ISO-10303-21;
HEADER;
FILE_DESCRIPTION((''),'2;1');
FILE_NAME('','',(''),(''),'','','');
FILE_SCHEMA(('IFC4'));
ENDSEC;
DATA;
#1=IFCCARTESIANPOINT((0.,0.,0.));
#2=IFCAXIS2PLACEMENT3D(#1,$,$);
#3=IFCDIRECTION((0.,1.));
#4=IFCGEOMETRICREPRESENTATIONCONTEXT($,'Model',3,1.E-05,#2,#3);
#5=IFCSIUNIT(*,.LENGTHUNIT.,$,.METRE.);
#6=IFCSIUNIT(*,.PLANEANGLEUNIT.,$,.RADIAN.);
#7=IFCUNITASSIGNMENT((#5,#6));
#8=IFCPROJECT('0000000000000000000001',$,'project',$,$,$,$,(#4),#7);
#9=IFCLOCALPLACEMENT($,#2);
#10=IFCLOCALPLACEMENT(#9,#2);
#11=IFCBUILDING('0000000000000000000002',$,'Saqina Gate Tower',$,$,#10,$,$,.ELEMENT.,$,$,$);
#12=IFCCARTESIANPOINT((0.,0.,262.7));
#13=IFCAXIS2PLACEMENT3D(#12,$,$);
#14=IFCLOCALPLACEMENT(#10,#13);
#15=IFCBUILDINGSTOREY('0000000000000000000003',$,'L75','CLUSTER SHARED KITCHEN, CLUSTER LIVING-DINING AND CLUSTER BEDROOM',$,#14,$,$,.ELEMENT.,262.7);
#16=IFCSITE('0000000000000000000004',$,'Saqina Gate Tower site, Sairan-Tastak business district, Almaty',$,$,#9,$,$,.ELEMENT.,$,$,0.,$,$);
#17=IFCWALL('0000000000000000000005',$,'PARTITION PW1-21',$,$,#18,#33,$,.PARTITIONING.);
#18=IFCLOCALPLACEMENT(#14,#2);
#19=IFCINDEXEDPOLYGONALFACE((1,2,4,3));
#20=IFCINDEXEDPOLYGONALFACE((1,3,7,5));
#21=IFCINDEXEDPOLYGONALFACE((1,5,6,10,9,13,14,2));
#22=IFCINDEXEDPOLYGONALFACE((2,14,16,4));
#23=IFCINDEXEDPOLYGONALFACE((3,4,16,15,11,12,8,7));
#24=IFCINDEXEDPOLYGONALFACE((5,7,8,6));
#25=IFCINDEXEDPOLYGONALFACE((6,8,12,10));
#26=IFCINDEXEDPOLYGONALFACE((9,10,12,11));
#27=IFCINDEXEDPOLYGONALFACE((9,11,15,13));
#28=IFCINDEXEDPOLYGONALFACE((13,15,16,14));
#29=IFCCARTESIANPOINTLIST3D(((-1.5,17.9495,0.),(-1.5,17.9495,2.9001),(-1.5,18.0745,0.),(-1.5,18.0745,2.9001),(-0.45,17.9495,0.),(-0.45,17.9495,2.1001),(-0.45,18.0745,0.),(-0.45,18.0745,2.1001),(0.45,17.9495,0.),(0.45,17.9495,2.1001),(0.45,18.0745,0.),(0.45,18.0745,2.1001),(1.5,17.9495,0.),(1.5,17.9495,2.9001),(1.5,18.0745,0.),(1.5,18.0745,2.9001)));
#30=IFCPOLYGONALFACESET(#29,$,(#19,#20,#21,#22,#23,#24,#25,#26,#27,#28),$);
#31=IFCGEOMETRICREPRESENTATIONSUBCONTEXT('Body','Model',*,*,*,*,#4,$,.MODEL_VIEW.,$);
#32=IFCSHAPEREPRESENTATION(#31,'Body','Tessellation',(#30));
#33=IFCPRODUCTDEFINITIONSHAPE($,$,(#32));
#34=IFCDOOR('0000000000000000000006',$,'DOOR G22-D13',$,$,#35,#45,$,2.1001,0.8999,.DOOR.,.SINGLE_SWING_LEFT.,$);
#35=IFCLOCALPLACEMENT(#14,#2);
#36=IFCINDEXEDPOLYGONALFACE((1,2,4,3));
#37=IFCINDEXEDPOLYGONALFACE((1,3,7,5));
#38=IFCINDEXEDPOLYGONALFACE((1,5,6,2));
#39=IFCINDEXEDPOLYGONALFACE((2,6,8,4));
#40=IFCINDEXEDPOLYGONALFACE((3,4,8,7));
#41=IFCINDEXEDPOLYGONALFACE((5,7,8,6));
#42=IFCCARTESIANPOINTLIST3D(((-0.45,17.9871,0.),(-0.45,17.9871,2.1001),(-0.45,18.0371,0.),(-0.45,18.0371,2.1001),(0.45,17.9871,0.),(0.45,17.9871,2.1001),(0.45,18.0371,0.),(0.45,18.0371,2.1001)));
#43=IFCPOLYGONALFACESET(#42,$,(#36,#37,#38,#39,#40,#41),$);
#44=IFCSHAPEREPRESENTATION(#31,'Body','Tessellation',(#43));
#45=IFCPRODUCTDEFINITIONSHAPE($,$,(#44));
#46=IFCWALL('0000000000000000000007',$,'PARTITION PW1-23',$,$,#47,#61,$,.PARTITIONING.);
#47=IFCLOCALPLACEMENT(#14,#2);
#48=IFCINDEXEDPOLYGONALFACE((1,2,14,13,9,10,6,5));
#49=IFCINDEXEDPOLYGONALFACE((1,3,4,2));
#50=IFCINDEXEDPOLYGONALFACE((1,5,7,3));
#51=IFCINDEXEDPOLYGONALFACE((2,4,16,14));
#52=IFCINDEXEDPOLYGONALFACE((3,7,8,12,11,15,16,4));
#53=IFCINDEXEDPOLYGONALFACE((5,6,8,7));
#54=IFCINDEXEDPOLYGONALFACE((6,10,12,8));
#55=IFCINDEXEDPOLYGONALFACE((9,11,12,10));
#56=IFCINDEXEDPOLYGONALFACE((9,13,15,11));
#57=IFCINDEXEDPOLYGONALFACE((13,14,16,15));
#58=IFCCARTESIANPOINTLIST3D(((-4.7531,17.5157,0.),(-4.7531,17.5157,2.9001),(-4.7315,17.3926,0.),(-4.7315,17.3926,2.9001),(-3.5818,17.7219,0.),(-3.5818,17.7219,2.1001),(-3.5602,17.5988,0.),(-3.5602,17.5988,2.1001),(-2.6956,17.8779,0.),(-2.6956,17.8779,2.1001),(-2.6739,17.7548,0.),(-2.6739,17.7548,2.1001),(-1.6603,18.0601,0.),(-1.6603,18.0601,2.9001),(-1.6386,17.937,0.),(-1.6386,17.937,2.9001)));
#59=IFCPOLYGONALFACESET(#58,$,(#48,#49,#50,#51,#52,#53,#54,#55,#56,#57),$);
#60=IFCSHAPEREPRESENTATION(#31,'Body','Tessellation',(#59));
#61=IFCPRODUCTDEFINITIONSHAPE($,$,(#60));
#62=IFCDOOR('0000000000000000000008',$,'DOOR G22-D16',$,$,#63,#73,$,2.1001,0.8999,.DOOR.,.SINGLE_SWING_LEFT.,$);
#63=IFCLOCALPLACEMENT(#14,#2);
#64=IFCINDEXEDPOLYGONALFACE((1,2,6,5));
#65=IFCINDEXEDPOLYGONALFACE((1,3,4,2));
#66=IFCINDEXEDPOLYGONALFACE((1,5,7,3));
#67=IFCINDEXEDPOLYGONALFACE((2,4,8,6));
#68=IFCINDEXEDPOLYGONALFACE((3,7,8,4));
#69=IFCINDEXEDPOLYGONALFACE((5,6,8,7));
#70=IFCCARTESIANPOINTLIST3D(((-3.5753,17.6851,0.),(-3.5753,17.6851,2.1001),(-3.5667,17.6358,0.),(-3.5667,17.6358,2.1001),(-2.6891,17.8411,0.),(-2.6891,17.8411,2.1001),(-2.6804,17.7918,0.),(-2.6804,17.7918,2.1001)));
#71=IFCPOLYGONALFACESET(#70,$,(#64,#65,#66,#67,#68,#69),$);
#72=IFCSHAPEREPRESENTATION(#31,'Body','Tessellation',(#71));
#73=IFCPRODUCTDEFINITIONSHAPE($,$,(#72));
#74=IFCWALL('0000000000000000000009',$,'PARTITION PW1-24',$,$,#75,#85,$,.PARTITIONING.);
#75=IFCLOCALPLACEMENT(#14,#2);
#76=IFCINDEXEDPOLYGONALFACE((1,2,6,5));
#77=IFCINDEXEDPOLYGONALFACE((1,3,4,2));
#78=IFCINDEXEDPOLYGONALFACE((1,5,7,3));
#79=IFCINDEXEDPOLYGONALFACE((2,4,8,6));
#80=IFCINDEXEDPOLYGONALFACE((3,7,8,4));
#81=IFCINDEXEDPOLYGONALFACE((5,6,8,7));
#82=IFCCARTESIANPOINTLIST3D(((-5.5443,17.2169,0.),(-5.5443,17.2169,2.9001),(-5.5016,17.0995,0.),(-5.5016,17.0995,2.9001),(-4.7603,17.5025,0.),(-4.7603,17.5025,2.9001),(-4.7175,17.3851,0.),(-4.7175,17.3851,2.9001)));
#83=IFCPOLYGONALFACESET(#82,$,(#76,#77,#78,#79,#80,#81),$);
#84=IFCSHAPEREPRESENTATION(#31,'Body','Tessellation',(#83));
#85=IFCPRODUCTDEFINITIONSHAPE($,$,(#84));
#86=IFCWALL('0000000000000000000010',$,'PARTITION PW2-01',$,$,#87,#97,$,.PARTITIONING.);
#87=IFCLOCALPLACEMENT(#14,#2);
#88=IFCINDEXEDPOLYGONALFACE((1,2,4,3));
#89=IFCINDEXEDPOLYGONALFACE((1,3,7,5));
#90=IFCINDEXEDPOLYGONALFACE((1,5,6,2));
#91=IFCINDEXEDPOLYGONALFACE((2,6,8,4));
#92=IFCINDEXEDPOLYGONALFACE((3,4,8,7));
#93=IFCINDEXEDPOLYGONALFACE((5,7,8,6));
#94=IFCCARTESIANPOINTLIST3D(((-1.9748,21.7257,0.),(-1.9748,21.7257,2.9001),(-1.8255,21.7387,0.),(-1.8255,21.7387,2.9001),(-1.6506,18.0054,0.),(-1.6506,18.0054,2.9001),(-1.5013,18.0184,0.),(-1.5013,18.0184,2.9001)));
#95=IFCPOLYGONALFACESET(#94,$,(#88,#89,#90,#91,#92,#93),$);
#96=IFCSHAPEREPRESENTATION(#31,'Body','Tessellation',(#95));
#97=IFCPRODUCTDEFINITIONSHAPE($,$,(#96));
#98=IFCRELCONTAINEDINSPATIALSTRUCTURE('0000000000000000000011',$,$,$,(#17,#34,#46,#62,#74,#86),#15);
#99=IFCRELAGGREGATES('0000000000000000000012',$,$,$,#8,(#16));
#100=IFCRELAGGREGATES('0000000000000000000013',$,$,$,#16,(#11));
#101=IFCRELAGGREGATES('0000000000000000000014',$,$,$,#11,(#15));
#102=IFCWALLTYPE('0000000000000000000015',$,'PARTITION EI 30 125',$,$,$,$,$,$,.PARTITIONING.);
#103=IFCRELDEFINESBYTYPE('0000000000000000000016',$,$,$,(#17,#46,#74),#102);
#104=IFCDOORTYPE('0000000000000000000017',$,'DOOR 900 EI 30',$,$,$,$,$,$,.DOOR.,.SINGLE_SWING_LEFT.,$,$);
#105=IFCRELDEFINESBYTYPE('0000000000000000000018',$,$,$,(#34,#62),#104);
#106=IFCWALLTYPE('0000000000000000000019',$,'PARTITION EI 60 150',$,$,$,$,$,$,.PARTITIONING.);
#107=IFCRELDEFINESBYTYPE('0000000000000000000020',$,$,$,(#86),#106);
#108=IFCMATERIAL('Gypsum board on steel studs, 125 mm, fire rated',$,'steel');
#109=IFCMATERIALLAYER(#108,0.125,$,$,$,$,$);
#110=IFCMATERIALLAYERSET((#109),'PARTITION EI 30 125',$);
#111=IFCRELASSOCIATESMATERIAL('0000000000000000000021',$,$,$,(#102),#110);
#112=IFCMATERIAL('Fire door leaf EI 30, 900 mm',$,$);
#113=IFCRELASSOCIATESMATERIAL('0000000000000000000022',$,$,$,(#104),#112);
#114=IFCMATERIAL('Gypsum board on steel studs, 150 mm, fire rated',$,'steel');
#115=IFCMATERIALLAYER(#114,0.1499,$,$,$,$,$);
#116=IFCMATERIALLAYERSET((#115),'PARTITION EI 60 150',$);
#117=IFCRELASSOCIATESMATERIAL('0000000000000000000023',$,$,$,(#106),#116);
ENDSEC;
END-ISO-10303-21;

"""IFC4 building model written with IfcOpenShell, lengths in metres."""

from ifc_helpers import new_model, si_unit, direction, frame, frame_2d, origin, place, context, subcontext, project, spatial, rectangle, extrude, material, layer, layer_set, type_object, element, fill, save


model = new_model("IFC4")

# Units and contexts
model_context = context("Model", 3, precision=1e-05, world=origin(), true_north=direction((0.0, 1.0)))
body_context = subcontext(model_context, "Body", "Model", "MODEL_VIEW")
ifc_project = project(units=[si_unit("LENGTHUNIT", "METRE"), si_unit("PLANEANGLEUNIT", "RADIAN")], contexts=[model_context])

# Site, building, storey
site_placement = place(None, origin())
site = spatial("IfcSite", under=ifc_project, at=site_placement, Name="Saqina Gate Tower site, Sairan-Tastak business district, Almaty", CompositionType="ELEMENT", RefElevation=0.0)
building_placement = place(site_placement, origin())
building = spatial("IfcBuilding", under=site, at=building_placement, Name="Saqina Gate Tower", CompositionType="ELEMENT")
storey_placement = place(building_placement, frame((0.0, 0.0, 262.7)))
storey = spatial("IfcBuildingStorey", under=building, at=storey_placement, Name="L75", Description="CLUSTER SHARED KITCHEN, CLUSTER LIVING-DINING AND CLUSTER BEDROOM", CompositionType="ELEMENT", Elevation=262.7)

# Walls, openings, doors
ifc_material_1 = material(Name="Gypsum board on steel studs, 125 mm, fire rated", Category="steel")
ifc_layer_1 = layer(ifc_material_1, 0.125)
ifc_layer_set_1 = layer_set([ifc_layer_1], Name="PARTITION EI 30 125")
wall_type_1 = type_object("IfcWallType", Name="PARTITION EI 30 125", PredefinedType="PARTITIONING", material=ifc_layer_set_1)
wall_1_placement = place(storey_placement, frame((-1.5, 18.012, 0.0), z_axis=(0.0, 0.0, 1.0), x_axis=(1.0, 0.0, 0.0)))
wall_1 = element("IfcWall", 1, at=wall_1_placement, inside=storey, type_object=wall_type_1, Name="PARTITION PW1-21", PredefinedType="PARTITIONING", context=body_context, shape_type="SweptSolid", body=[
    extrude(rectangle(XDim=3.0, YDim=0.125, at=frame_2d((1.5, 0.0))), origin(), (0.0, 0.0, 1.0), 2.9001),
])
opening_1_placement = place(wall_1_placement, frame((1.05, 0.0, 0.0)))
opening_1 = element("IfcOpeningElement", 2, at=opening_1_placement, cuts=wall_1, PredefinedType="OPENING", context=body_context, shape_type="SweptSolid", body=[
    extrude(rectangle(XDim=0.8999, YDim=2.1001, at=frame_2d((0.45, 1.05))), frame((0.0, 0.0745, 0.0), z_axis=(0.0, -1.0, 0.0), x_axis=(1.0, 0.0, 0.0)), (0.0, 0.0, 1.0), 0.1489),
])
ifc_material_2 = material(Name="Fire door leaf EI 30, 900 mm")
door_type_1 = type_object("IfcDoorType", Name="DOOR 900 EI 30", OperationType="SINGLE_SWING_LEFT", PredefinedType="DOOR", material=ifc_material_2)
door_1_placement = place(opening_1_placement, frame((0.8999, 0.0, 0.0), z_axis=(0.0, 0.0, 1.0), x_axis=(-1.0, 0.0, 0.0)))
door_1 = element("IfcDoor", 3, at=door_1_placement, inside=storey, type_object=door_type_1, Name="DOOR G22-D13", OperationType="SINGLE_SWING_LEFT", OverallHeight=2.1001, OverallWidth=0.8999, PredefinedType="DOOR", context=body_context, shape_type="SweptSolid", body=[
    extrude(rectangle(XDim=0.8999, YDim=2.1001, at=frame_2d((0.45, 1.05))), frame((0.0, 0.0249, 0.0), z_axis=(0.0, -1.0, 0.0), x_axis=(1.0, 0.0, 0.0)), (0.0, 0.0, 1.0), 0.05),
])
fill(opening_1, door_1)
wall_2_placement = place(storey_placement, frame((-4.7424, 17.4541, 0.0), z_axis=(0.0, 0.0, 1.0), x_axis=(0.984857, 0.173368, 0.0)))
wall_2 = element("IfcWall", 4, at=wall_2_placement, inside=storey, type_object=wall_type_1, Name="PARTITION PW1-23", PredefinedType="PARTITIONING", context=body_context, shape_type="SweptSolid", body=[
    extrude(rectangle(XDim=3.1404, YDim=0.125, at=frame_2d((1.5703, 0.0))), origin(), (0.0, 0.0, 1.0), 2.9001),
])
opening_2_placement = place(wall_2_placement, frame((1.1895, 0.0, 0.0)))
opening_2 = element("IfcOpeningElement", 5, at=opening_2_placement, cuts=wall_2, PredefinedType="OPENING", context=body_context, shape_type="SweptSolid", body=[
    extrude(rectangle(XDim=0.8999, YDim=2.1001, at=frame_2d((0.45, 1.05))), frame((0.0, 0.0745, 0.0), z_axis=(0.0, -1.0, 0.0), x_axis=(1.0, 0.0, 0.0)), (0.0, 0.0, 1.0), 0.1489),
])
door_2_placement = place(opening_2_placement, frame((0.8999, 0.0, 0.0), z_axis=(0.0, 0.0, 1.0), x_axis=(-1.0, 0.0, 0.0)))
door_2 = element("IfcDoor", 6, at=door_2_placement, inside=storey, type_object=door_type_1, Name="DOOR G22-D16", OperationType="SINGLE_SWING_LEFT", OverallHeight=2.1001, OverallWidth=0.8999, PredefinedType="DOOR", context=body_context, shape_type="SweptSolid", body=[
    extrude(rectangle(XDim=0.8999, YDim=2.1001, at=frame_2d((0.45, 1.05))), frame((0.0, 0.0249, 0.0), z_axis=(0.0, -1.0, 0.0), x_axis=(1.0, 0.0, 0.0)), (0.0, 0.0, 1.0), 0.05),
])
fill(opening_2, door_2)

# Walls
wall_3_placement = place(storey_placement, frame((-5.5229, 17.1582, 0.0), z_axis=(0.0, 0.0, 1.0), x_axis=(0.939605, 0.34226, 0.0)))
element("IfcWall", 7, at=wall_3_placement, inside=storey, type_object=wall_type_1, Name="PARTITION PW1-24", PredefinedType="PARTITIONING", context=body_context, shape_type="SweptSolid", body=[
    extrude(rectangle(XDim=0.8345, YDim=0.125, at=frame_2d((0.4172, 0.0))), origin(), (0.0, 0.0, 1.0), 2.9001),
])
ifc_material_3 = material(Name="Gypsum board on steel studs, 150 mm, fire rated", Category="steel")
ifc_layer_2 = layer(ifc_material_3, 0.1499)
ifc_layer_set_2 = layer_set([ifc_layer_2], Name="PARTITION EI 60 150")
wall_type_2 = type_object("IfcWallType", Name="PARTITION EI 60 150", PredefinedType="PARTITIONING", material=ifc_layer_set_2)
wall_4_placement = place(storey_placement, frame((-1.9001, 21.7322, 0.0), z_axis=(0.0, 0.0, 1.0), x_axis=(0.086821, -0.996224, 0.0)))
element("IfcWall", 8, at=wall_4_placement, inside=storey, type_object=wall_type_2, Name="PARTITION PW2-01", PredefinedType="PARTITIONING", context=body_context, shape_type="SweptSolid", body=[
    extrude(rectangle(XDim=3.7344, YDim=0.1499, at=frame_2d((1.8672, 0.0))), origin(), (0.0, 0.0, 1.0), 2.9001),
])

save(model, "model.ifc")
